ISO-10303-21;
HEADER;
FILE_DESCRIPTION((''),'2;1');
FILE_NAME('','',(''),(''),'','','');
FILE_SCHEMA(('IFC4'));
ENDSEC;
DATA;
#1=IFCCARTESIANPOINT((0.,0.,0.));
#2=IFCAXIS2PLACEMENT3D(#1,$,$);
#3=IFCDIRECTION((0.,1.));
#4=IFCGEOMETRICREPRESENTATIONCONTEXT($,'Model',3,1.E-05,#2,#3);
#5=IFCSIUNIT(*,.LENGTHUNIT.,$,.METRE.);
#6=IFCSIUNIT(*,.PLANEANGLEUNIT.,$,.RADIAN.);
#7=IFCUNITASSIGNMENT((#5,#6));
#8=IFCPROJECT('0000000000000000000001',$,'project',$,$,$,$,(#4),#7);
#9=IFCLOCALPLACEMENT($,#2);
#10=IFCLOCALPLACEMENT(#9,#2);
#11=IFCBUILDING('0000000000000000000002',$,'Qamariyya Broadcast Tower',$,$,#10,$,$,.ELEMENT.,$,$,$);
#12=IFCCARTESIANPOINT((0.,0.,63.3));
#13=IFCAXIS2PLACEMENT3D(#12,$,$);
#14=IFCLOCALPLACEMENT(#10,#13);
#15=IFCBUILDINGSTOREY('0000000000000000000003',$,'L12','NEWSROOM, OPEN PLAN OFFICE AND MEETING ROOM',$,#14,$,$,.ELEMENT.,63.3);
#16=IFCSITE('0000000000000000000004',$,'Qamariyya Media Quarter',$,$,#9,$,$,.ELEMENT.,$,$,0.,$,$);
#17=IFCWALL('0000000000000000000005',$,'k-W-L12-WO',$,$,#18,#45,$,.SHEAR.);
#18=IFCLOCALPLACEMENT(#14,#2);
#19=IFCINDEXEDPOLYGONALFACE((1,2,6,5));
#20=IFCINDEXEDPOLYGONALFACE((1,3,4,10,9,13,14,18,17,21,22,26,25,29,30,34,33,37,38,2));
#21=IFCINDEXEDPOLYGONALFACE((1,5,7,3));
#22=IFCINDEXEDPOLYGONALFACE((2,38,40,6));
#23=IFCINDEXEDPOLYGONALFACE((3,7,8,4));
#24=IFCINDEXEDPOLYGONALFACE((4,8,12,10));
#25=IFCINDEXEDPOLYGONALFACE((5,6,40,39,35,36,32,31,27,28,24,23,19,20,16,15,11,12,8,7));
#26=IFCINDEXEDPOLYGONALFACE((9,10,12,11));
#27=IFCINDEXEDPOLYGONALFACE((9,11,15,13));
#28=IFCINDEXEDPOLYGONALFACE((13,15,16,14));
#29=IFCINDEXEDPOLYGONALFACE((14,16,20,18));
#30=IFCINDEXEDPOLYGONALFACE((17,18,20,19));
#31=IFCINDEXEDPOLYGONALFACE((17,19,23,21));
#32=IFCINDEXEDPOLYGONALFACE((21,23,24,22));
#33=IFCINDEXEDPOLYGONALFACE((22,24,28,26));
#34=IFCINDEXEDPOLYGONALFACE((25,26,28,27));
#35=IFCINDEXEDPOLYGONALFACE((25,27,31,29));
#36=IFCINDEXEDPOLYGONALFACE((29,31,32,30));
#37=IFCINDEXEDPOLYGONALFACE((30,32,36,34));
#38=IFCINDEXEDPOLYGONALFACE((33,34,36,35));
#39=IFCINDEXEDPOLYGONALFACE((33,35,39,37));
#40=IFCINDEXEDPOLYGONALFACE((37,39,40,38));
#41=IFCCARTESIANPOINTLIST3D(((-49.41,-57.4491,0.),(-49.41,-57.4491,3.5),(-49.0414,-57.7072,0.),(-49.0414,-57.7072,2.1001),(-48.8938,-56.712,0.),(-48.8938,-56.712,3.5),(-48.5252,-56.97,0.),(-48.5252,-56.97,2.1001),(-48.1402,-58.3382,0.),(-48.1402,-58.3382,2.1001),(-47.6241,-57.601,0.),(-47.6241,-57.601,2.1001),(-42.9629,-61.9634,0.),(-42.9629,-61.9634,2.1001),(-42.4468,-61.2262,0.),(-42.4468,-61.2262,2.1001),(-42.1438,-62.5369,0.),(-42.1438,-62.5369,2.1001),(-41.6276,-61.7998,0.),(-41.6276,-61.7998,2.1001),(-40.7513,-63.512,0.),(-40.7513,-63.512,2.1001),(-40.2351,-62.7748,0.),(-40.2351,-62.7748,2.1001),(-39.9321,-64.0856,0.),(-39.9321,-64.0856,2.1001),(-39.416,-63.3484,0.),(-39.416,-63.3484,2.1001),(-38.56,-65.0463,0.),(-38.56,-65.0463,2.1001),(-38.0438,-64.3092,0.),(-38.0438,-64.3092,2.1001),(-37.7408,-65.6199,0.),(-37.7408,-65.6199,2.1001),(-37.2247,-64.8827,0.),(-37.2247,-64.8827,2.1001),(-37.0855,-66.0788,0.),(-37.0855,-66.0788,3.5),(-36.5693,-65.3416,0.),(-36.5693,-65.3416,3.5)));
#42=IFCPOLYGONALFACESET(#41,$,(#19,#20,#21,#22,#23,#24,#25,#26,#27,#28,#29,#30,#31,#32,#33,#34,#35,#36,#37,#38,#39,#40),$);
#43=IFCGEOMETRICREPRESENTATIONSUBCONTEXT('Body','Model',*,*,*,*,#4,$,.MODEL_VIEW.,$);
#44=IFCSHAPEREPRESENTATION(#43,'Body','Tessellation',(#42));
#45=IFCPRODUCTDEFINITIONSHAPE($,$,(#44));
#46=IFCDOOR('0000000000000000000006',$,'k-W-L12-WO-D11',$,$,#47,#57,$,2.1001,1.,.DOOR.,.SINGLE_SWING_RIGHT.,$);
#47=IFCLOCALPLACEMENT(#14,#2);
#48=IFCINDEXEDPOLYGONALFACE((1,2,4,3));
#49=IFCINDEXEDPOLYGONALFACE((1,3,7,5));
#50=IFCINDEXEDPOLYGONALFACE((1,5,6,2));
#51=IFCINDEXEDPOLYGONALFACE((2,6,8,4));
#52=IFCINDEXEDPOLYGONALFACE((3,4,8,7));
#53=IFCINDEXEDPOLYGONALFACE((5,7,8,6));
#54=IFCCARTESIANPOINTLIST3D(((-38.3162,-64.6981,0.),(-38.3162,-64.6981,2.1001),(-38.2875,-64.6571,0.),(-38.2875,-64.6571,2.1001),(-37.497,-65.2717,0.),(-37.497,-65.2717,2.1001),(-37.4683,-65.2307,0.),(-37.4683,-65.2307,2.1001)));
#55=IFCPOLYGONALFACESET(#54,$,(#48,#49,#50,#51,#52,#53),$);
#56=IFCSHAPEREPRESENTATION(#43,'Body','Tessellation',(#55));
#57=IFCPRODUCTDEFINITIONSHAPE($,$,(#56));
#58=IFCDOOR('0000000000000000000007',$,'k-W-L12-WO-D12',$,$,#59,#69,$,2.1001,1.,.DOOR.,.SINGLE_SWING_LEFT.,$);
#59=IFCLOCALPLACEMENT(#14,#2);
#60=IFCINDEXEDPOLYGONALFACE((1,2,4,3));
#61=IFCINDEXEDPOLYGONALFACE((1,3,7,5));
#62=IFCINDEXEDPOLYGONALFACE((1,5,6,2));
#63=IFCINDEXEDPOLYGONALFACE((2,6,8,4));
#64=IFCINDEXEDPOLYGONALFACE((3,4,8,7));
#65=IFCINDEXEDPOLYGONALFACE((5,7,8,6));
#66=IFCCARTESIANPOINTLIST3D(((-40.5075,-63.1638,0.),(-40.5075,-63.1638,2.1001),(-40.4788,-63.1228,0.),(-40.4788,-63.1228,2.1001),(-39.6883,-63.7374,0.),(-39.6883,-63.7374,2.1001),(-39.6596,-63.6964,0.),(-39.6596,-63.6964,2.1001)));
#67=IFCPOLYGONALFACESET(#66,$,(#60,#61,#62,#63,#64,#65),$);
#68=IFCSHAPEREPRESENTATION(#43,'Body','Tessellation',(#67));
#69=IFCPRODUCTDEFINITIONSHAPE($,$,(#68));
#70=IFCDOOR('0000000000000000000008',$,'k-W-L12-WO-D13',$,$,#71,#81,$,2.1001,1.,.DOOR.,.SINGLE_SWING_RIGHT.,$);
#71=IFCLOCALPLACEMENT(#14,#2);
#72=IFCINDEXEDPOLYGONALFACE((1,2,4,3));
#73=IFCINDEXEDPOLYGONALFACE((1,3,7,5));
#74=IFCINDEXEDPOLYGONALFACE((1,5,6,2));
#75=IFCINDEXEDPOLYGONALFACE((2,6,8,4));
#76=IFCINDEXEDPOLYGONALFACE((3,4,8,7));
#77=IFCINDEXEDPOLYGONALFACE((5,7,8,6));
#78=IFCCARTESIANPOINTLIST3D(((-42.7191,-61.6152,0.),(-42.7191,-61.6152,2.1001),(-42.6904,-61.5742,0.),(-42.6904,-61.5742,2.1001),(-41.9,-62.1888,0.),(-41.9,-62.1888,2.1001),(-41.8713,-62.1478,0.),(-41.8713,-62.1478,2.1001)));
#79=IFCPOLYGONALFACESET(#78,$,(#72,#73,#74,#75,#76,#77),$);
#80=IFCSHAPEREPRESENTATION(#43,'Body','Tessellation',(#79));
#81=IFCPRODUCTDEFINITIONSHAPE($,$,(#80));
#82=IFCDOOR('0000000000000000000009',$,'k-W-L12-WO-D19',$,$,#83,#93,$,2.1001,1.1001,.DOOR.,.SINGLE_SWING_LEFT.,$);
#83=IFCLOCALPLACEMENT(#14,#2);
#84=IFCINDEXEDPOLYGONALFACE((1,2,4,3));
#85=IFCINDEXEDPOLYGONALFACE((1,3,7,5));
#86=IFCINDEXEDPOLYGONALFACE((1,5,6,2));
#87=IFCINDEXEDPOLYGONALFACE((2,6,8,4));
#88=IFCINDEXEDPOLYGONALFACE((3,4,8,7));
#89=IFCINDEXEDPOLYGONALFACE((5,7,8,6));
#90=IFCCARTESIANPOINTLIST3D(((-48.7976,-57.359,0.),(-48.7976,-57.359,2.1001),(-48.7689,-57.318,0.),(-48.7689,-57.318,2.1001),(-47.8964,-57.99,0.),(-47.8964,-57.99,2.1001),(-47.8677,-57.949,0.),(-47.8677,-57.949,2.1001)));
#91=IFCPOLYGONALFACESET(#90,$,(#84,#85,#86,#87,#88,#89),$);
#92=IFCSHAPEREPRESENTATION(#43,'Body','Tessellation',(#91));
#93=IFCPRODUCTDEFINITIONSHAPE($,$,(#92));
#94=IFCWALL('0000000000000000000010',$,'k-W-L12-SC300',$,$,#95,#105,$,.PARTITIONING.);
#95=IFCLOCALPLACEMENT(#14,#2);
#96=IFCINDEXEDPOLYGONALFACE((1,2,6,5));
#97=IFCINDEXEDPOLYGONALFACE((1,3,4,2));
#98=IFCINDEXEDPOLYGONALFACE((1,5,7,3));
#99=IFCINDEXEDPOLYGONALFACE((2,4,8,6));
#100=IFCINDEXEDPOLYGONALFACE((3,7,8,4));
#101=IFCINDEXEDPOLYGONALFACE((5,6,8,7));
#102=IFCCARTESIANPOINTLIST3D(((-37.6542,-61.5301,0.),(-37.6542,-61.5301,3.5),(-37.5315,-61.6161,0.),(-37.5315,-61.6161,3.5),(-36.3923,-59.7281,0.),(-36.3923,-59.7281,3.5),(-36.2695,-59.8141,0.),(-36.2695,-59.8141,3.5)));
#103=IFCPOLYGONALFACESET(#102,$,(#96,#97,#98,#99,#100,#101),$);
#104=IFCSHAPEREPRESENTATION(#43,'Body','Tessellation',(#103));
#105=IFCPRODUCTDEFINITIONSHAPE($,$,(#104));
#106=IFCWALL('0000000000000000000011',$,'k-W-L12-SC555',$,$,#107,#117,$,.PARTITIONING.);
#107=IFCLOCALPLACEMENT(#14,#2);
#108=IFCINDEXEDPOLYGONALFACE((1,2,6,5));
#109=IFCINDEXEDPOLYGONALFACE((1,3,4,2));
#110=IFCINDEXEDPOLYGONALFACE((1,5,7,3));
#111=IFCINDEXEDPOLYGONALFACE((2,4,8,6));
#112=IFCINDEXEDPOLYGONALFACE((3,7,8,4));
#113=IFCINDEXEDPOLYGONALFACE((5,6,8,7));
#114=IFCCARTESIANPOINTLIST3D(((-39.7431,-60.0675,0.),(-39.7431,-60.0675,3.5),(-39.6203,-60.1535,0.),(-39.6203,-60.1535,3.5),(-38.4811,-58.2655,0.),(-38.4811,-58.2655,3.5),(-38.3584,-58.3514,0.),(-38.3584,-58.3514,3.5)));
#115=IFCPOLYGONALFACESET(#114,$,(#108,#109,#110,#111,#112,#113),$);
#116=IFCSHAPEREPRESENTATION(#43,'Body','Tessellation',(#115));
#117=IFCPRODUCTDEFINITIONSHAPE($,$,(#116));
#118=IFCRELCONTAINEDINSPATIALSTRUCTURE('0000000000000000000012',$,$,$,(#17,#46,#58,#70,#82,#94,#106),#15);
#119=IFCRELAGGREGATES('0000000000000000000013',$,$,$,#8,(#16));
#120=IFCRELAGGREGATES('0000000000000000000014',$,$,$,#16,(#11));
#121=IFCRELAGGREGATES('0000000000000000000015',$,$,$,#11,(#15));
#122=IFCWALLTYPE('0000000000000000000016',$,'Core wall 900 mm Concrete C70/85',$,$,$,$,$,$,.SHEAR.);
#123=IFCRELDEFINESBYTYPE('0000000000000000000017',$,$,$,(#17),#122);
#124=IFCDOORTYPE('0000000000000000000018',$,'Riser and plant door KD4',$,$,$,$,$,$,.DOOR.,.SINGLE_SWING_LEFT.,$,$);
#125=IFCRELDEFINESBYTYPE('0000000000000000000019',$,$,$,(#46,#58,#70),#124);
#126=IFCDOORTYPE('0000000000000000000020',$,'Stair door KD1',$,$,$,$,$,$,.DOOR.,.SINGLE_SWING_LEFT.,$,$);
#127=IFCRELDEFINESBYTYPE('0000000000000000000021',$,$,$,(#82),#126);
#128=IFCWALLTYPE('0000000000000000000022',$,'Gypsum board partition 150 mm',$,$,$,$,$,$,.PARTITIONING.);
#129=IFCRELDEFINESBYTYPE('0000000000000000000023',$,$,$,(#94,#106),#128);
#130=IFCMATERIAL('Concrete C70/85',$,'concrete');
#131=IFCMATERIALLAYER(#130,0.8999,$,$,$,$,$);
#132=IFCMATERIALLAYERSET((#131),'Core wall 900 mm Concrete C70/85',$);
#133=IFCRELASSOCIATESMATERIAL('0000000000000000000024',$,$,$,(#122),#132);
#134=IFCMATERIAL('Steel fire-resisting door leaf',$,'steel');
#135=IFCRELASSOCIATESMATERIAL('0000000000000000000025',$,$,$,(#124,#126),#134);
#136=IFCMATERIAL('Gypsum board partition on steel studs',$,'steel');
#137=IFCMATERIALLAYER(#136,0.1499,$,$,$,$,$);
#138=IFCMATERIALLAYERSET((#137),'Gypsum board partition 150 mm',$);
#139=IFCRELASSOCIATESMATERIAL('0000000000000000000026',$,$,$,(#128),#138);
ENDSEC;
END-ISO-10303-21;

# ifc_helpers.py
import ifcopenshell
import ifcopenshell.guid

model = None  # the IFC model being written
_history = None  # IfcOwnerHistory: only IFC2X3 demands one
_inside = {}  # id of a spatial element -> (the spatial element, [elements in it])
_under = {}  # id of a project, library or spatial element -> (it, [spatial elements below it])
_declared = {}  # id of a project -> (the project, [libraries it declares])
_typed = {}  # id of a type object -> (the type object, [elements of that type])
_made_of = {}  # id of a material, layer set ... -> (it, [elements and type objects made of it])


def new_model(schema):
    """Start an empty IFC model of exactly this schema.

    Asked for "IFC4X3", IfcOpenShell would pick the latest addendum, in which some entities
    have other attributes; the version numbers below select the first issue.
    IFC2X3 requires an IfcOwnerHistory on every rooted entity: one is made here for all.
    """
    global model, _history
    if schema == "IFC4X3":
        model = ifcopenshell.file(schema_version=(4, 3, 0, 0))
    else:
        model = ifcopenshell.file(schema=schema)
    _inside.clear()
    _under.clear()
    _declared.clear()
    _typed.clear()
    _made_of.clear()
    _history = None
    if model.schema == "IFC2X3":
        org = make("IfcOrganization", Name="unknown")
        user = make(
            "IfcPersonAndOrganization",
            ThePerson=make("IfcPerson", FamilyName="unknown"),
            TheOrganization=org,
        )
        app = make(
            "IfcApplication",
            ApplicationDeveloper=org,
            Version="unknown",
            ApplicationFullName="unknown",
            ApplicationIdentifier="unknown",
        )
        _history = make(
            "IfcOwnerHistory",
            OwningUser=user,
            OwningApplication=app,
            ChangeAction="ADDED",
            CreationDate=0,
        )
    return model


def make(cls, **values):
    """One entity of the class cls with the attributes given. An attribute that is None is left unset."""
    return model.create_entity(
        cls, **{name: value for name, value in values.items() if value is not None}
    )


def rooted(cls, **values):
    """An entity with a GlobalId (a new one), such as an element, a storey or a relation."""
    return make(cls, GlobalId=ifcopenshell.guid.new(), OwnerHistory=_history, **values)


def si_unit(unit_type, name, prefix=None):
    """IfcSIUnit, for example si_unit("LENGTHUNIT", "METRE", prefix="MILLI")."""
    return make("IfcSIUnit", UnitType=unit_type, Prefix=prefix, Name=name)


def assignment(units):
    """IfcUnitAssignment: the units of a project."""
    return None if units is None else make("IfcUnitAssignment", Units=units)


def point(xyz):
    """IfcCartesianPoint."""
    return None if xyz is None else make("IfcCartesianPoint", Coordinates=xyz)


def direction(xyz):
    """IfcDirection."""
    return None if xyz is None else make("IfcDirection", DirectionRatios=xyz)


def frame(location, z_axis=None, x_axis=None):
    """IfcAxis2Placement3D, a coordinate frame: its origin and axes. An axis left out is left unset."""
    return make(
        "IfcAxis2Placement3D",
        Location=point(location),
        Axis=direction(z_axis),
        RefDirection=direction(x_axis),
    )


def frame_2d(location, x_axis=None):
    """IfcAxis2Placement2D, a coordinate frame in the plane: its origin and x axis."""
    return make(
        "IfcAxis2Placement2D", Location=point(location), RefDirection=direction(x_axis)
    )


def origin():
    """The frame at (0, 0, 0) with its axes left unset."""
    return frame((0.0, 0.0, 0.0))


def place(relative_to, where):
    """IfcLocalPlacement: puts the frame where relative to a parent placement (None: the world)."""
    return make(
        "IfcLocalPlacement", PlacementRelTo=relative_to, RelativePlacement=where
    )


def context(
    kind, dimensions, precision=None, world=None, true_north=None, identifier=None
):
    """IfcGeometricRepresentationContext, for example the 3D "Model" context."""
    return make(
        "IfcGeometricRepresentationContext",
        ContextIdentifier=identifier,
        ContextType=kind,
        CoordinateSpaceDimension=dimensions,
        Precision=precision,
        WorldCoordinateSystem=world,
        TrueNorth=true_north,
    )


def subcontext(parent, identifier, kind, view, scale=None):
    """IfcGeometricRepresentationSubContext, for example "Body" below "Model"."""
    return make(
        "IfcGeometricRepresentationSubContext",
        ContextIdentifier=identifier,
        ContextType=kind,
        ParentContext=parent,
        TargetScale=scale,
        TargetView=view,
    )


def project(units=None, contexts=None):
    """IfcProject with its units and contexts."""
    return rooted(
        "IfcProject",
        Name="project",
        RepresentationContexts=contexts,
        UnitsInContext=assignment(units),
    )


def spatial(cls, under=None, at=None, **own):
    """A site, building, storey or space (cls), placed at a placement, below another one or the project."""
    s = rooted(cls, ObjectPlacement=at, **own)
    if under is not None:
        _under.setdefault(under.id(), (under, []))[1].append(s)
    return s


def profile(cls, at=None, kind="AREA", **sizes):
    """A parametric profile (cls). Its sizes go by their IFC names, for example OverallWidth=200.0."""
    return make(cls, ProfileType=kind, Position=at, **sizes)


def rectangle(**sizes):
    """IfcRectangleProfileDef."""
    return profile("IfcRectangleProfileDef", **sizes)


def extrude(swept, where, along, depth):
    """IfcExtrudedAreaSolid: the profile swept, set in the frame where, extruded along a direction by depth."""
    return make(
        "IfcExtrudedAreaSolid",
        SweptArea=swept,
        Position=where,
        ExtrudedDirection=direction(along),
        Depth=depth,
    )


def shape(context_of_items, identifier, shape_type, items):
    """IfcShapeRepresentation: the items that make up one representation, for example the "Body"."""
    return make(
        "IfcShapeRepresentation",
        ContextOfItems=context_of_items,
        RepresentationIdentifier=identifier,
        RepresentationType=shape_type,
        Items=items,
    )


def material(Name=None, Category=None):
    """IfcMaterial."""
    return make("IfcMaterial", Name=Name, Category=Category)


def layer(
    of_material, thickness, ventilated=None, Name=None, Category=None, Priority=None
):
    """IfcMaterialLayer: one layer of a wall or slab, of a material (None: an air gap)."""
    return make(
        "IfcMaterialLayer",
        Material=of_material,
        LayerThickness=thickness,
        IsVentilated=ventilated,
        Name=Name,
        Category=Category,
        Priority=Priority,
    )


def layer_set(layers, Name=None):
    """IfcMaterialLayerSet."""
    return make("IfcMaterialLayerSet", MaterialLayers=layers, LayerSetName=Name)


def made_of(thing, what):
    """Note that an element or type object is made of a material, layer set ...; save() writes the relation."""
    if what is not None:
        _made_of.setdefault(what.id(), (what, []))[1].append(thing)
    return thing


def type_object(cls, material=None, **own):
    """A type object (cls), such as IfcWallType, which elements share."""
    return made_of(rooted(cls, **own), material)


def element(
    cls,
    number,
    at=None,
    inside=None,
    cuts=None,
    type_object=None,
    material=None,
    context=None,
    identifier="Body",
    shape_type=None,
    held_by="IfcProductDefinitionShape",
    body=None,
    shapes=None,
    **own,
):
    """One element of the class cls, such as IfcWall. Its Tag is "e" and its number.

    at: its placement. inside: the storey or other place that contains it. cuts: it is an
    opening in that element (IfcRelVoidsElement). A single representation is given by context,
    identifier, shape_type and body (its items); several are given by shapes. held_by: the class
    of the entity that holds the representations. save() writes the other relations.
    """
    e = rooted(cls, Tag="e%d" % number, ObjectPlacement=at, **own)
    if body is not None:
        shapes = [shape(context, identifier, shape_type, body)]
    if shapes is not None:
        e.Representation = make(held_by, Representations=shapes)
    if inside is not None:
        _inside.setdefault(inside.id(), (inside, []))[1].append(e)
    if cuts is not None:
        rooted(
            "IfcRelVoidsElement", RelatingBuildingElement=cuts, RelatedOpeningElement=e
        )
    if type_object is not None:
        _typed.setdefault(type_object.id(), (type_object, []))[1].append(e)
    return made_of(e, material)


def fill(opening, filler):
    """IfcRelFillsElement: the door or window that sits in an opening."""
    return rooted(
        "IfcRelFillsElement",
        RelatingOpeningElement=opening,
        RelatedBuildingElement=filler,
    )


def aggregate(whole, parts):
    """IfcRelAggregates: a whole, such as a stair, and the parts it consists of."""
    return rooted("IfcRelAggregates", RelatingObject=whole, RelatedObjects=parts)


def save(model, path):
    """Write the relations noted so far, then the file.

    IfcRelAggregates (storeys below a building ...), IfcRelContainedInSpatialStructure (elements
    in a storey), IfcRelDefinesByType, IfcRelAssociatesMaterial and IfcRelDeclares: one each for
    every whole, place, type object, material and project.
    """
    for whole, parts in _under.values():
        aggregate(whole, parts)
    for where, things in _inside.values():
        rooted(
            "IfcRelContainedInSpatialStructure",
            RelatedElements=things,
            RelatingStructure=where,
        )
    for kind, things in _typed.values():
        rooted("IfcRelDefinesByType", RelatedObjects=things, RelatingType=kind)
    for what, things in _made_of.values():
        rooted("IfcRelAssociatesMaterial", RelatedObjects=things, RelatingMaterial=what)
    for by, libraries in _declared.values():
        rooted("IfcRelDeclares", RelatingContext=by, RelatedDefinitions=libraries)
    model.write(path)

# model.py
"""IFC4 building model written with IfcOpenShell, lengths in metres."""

from ifc_helpers import new_model, si_unit, direction, frame, frame_2d, origin, place, context, subcontext, project, spatial, rectangle, extrude, material, layer, layer_set, type_object, element, fill, save


model = new_model("IFC4")

# Units and contexts
model_context = context("Model", 3, precision=1e-05, world=origin(), true_north=direction((0.0, 1.0)))
body_context = subcontext(model_context, "Body", "Model", "MODEL_VIEW")
ifc_project = project(units=[si_unit("LENGTHUNIT", "METRE"), si_unit("PLANEANGLEUNIT", "RADIAN")], contexts=[model_context])

# Site, building, storey
site_placement = place(None, origin())
site = spatial("IfcSite", under=ifc_project, at=site_placement, Name="Qamariyya Media Quarter", CompositionType="ELEMENT", RefElevation=0.0)
building_placement = place(site_placement, origin())
building = spatial("IfcBuilding", under=site, at=building_placement, Name="Qamariyya Broadcast Tower", CompositionType="ELEMENT")
storey_placement = place(building_placement, frame((0.0, 0.0, 63.3)))
storey = spatial("IfcBuildingStorey", under=building, at=storey_placement, Name="L12", Description="NEWSROOM, OPEN PLAN OFFICE AND MEETING ROOM", CompositionType="ELEMENT", Elevation=63.3)

# Wall, openings, doors
ifc_material_1 = material(Name="Concrete C70/85", Category="concrete")
ifc_layer_1 = layer(ifc_material_1, 0.8999)
ifc_layer_set_1 = layer_set([ifc_layer_1], Name="Core wall 900 mm Concrete C70/85")
wall_type_1 = type_object("IfcWallType", Name="Core wall 900 mm Concrete C70/85", PredefinedType="SHEAR", material=ifc_layer_set_1)
wall_1_placement = place(storey_placement, frame((-36.8274, -65.7102, 0.0), z_axis=(0.0, 0.0, 1.0), x_axis=(-0.819153, 0.573575, 0.0)))
wall_1 = element("IfcWall", 1, at=wall_1_placement, inside=storey, type_object=wall_type_1, Name="k-W-L12-WO", PredefinedType="SHEAR", context=body_context, shape_type="SweptSolid", body=[
    extrude(rectangle(XDim=15.0454, YDim=0.8999, at=frame_2d((7.5227, 0.0))), origin(), (0.0, 0.0, 1.0), 3.5),
])
opening_1_placement = place(wall_1_placement, frame((0.8, 0.0, 0.0)))
opening_1 = element("IfcOpeningElement", 2, at=opening_1_placement, cuts=wall_1, PredefinedType="OPENING", context=body_context, shape_type="SweptSolid", body=[
    extrude(rectangle(XDim=1.0, YDim=2.1001, at=frame_2d((0.5, 1.05))), frame((0.0, 0.46, 0.0), z_axis=(0.0, -1.0, 0.0), x_axis=(1.0, 0.0, 0.0)), (0.0, 0.0, 1.0), 0.9199),
])
opening_2_placement = place(wall_1_placement, frame((3.4751, 0.0, 0.0)))
opening_2 = element("IfcOpeningElement", 3, at=opening_2_placement, cuts=wall_1, PredefinedType="OPENING", context=body_context, shape_type="SweptSolid", body=[
    extrude(rectangle(XDim=1.0, YDim=2.1001, at=frame_2d((0.5, 1.05))), frame((0.0, 0.46, 0.0), z_axis=(0.0, -1.0, 0.0), x_axis=(1.0, 0.0, 0.0)), (0.0, 0.0, 1.0), 0.9199),
])
opening_3_placement = place(wall_1_placement, frame((6.175, 0.0, 0.0)))
opening_3 = element("IfcOpeningElement", 4, at=opening_3_placement, cuts=wall_1, PredefinedType="OPENING", context=body_context, shape_type="SweptSolid", body=[
    extrude(rectangle(XDim=1.0, YDim=2.1001, at=frame_2d((0.5, 1.05))), frame((0.0, 0.46, 0.0), z_axis=(0.0, -1.0, 0.0), x_axis=(1.0, 0.0, 0.0)), (0.0, 0.0, 1.0), 0.9199),
])
opening_4_placement = place(wall_1_placement, frame((13.4954, 0.0, 0.0)))
opening_4 = element("IfcOpeningElement", 5, at=opening_4_placement, cuts=wall_1, PredefinedType="OPENING", context=body_context, shape_type="SweptSolid", body=[
    extrude(rectangle(XDim=1.1001, YDim=2.1001, at=frame_2d((0.55, 1.05))), frame((0.0, 0.46, 0.0), z_axis=(0.0, -1.0, 0.0), x_axis=(1.0, 0.0, 0.0)), (0.0, 0.0, 1.0), 0.9199),
])
ifc_material_2 = material(Name="Steel fire-resisting door leaf", Category="steel")
door_type_1 = type_object("IfcDoorType", Name="Riser and plant door KD4", OperationType="SINGLE_SWING_LEFT", PredefinedType="DOOR", material=ifc_material_2)
door_1_placement = place(opening_1_placement, origin())
door_1 = element("IfcDoor", 6, at=door_1_placement, inside=storey, type_object=door_type_1, Name="k-W-L12-WO-D11", OperationType="SINGLE_SWING_RIGHT", OverallHeight=2.1001, OverallWidth=1.0, PredefinedType="DOOR", context=body_context, shape_type="SweptSolid", body=[
    extrude(rectangle(XDim=1.0, YDim=2.1001, at=frame_2d((0.5, 1.05))), frame((0.0, 0.0249, 0.0), z_axis=(0.0, -1.0, 0.0), x_axis=(1.0, 0.0, 0.0)), (0.0, 0.0, 1.0), 0.05),
])
fill(opening_1, door_1)
door_2_placement = place(opening_2_placement, origin())
door_2 = element("IfcDoor", 7, at=door_2_placement, inside=storey, type_object=door_type_1, Name="k-W-L12-WO-D12", OperationType="SINGLE_SWING_LEFT", OverallHeight=2.1001, OverallWidth=1.0, PredefinedType="DOOR", context=body_context, shape_type="SweptSolid", body=[
    extrude(rectangle(XDim=1.0, YDim=2.1001, at=frame_2d((0.5, 1.05))), frame((0.0, 0.0249, 0.0), z_axis=(0.0, -1.0, 0.0), x_axis=(1.0, 0.0, 0.0)), (0.0, 0.0, 1.0), 0.05),
])
fill(opening_2, door_2)
door_3_placement = place(opening_3_placement, origin())
door_3 = element("IfcDoor", 8, at=door_3_placement, inside=storey, type_object=door_type_1, Name="k-W-L12-WO-D13", OperationType="SINGLE_SWING_RIGHT", OverallHeight=2.1001, OverallWidth=1.0, PredefinedType="DOOR", context=body_context, shape_type="SweptSolid", body=[
    extrude(rectangle(XDim=1.0, YDim=2.1001, at=frame_2d((0.5, 1.05))), frame((0.0, 0.0249, 0.0), z_axis=(0.0, -1.0, 0.0), x_axis=(1.0, 0.0, 0.0)), (0.0, 0.0, 1.0), 0.05),
])
fill(opening_3, door_3)
door_type_2 = type_object("IfcDoorType", Name="Stair door KD1", OperationType="SINGLE_SWING_LEFT", PredefinedType="DOOR", material=ifc_material_2)
door_4_placement = place(opening_4_placement, origin())
door_4 = element("IfcDoor", 9, at=door_4_placement, inside=storey, type_object=door_type_2, Name="k-W-L12-WO-D19", OperationType="SINGLE_SWING_LEFT", OverallHeight=2.1001, OverallWidth=1.1001, PredefinedType="DOOR", context=body_context, shape_type="SweptSolid", body=[
    extrude(rectangle(XDim=1.1001, YDim=2.1001, at=frame_2d((0.55, 1.05))), frame((0.0, 0.0249, 0.0), z_axis=(0.0, -1.0, 0.0), x_axis=(1.0, 0.0, 0.0)), (0.0, 0.0, 1.0), 0.05),
])
fill(opening_4, door_4)

# Walls
ifc_material_3 = material(Name="Gypsum board partition on steel studs", Category="steel")
ifc_layer_2 = layer(ifc_material_3, 0.1499)
ifc_layer_set_2 = layer_set([ifc_layer_2], Name="Gypsum board partition 150 mm")
wall_type_2 = type_object("IfcWallType", Name="Gypsum board partition 150 mm", PredefinedType="PARTITIONING", material=ifc_layer_set_2)
for number, where, z_axis, x_axis, name in (
    (10, (-36.3308, -59.771, 0.0), (0.0, 0.0, 1.0), (-0.573634, -0.819112, 0.0), "k-W-L12-SC300"),
    (11, (-38.4197, -58.3083, 0.0), (0.0, 0.0, 1.0), (-0.573634, -0.819112, 0.0), "k-W-L12-SC555"),
):
    element("IfcWall", number, at=place(storey_placement, frame(where, z_axis=z_axis, x_axis=x_axis)), inside=storey, type_object=wall_type_2, Name=name, PredefinedType="PARTITIONING", context=body_context, shape_type="SweptSolid", body=[
        extrude(rectangle(XDim=2.2, YDim=0.1499, at=frame_2d((1.1001, 0.0))), origin(), (0.0, 0.0, 1.0), 3.5),
    ])

save(model, "model.ifc")
